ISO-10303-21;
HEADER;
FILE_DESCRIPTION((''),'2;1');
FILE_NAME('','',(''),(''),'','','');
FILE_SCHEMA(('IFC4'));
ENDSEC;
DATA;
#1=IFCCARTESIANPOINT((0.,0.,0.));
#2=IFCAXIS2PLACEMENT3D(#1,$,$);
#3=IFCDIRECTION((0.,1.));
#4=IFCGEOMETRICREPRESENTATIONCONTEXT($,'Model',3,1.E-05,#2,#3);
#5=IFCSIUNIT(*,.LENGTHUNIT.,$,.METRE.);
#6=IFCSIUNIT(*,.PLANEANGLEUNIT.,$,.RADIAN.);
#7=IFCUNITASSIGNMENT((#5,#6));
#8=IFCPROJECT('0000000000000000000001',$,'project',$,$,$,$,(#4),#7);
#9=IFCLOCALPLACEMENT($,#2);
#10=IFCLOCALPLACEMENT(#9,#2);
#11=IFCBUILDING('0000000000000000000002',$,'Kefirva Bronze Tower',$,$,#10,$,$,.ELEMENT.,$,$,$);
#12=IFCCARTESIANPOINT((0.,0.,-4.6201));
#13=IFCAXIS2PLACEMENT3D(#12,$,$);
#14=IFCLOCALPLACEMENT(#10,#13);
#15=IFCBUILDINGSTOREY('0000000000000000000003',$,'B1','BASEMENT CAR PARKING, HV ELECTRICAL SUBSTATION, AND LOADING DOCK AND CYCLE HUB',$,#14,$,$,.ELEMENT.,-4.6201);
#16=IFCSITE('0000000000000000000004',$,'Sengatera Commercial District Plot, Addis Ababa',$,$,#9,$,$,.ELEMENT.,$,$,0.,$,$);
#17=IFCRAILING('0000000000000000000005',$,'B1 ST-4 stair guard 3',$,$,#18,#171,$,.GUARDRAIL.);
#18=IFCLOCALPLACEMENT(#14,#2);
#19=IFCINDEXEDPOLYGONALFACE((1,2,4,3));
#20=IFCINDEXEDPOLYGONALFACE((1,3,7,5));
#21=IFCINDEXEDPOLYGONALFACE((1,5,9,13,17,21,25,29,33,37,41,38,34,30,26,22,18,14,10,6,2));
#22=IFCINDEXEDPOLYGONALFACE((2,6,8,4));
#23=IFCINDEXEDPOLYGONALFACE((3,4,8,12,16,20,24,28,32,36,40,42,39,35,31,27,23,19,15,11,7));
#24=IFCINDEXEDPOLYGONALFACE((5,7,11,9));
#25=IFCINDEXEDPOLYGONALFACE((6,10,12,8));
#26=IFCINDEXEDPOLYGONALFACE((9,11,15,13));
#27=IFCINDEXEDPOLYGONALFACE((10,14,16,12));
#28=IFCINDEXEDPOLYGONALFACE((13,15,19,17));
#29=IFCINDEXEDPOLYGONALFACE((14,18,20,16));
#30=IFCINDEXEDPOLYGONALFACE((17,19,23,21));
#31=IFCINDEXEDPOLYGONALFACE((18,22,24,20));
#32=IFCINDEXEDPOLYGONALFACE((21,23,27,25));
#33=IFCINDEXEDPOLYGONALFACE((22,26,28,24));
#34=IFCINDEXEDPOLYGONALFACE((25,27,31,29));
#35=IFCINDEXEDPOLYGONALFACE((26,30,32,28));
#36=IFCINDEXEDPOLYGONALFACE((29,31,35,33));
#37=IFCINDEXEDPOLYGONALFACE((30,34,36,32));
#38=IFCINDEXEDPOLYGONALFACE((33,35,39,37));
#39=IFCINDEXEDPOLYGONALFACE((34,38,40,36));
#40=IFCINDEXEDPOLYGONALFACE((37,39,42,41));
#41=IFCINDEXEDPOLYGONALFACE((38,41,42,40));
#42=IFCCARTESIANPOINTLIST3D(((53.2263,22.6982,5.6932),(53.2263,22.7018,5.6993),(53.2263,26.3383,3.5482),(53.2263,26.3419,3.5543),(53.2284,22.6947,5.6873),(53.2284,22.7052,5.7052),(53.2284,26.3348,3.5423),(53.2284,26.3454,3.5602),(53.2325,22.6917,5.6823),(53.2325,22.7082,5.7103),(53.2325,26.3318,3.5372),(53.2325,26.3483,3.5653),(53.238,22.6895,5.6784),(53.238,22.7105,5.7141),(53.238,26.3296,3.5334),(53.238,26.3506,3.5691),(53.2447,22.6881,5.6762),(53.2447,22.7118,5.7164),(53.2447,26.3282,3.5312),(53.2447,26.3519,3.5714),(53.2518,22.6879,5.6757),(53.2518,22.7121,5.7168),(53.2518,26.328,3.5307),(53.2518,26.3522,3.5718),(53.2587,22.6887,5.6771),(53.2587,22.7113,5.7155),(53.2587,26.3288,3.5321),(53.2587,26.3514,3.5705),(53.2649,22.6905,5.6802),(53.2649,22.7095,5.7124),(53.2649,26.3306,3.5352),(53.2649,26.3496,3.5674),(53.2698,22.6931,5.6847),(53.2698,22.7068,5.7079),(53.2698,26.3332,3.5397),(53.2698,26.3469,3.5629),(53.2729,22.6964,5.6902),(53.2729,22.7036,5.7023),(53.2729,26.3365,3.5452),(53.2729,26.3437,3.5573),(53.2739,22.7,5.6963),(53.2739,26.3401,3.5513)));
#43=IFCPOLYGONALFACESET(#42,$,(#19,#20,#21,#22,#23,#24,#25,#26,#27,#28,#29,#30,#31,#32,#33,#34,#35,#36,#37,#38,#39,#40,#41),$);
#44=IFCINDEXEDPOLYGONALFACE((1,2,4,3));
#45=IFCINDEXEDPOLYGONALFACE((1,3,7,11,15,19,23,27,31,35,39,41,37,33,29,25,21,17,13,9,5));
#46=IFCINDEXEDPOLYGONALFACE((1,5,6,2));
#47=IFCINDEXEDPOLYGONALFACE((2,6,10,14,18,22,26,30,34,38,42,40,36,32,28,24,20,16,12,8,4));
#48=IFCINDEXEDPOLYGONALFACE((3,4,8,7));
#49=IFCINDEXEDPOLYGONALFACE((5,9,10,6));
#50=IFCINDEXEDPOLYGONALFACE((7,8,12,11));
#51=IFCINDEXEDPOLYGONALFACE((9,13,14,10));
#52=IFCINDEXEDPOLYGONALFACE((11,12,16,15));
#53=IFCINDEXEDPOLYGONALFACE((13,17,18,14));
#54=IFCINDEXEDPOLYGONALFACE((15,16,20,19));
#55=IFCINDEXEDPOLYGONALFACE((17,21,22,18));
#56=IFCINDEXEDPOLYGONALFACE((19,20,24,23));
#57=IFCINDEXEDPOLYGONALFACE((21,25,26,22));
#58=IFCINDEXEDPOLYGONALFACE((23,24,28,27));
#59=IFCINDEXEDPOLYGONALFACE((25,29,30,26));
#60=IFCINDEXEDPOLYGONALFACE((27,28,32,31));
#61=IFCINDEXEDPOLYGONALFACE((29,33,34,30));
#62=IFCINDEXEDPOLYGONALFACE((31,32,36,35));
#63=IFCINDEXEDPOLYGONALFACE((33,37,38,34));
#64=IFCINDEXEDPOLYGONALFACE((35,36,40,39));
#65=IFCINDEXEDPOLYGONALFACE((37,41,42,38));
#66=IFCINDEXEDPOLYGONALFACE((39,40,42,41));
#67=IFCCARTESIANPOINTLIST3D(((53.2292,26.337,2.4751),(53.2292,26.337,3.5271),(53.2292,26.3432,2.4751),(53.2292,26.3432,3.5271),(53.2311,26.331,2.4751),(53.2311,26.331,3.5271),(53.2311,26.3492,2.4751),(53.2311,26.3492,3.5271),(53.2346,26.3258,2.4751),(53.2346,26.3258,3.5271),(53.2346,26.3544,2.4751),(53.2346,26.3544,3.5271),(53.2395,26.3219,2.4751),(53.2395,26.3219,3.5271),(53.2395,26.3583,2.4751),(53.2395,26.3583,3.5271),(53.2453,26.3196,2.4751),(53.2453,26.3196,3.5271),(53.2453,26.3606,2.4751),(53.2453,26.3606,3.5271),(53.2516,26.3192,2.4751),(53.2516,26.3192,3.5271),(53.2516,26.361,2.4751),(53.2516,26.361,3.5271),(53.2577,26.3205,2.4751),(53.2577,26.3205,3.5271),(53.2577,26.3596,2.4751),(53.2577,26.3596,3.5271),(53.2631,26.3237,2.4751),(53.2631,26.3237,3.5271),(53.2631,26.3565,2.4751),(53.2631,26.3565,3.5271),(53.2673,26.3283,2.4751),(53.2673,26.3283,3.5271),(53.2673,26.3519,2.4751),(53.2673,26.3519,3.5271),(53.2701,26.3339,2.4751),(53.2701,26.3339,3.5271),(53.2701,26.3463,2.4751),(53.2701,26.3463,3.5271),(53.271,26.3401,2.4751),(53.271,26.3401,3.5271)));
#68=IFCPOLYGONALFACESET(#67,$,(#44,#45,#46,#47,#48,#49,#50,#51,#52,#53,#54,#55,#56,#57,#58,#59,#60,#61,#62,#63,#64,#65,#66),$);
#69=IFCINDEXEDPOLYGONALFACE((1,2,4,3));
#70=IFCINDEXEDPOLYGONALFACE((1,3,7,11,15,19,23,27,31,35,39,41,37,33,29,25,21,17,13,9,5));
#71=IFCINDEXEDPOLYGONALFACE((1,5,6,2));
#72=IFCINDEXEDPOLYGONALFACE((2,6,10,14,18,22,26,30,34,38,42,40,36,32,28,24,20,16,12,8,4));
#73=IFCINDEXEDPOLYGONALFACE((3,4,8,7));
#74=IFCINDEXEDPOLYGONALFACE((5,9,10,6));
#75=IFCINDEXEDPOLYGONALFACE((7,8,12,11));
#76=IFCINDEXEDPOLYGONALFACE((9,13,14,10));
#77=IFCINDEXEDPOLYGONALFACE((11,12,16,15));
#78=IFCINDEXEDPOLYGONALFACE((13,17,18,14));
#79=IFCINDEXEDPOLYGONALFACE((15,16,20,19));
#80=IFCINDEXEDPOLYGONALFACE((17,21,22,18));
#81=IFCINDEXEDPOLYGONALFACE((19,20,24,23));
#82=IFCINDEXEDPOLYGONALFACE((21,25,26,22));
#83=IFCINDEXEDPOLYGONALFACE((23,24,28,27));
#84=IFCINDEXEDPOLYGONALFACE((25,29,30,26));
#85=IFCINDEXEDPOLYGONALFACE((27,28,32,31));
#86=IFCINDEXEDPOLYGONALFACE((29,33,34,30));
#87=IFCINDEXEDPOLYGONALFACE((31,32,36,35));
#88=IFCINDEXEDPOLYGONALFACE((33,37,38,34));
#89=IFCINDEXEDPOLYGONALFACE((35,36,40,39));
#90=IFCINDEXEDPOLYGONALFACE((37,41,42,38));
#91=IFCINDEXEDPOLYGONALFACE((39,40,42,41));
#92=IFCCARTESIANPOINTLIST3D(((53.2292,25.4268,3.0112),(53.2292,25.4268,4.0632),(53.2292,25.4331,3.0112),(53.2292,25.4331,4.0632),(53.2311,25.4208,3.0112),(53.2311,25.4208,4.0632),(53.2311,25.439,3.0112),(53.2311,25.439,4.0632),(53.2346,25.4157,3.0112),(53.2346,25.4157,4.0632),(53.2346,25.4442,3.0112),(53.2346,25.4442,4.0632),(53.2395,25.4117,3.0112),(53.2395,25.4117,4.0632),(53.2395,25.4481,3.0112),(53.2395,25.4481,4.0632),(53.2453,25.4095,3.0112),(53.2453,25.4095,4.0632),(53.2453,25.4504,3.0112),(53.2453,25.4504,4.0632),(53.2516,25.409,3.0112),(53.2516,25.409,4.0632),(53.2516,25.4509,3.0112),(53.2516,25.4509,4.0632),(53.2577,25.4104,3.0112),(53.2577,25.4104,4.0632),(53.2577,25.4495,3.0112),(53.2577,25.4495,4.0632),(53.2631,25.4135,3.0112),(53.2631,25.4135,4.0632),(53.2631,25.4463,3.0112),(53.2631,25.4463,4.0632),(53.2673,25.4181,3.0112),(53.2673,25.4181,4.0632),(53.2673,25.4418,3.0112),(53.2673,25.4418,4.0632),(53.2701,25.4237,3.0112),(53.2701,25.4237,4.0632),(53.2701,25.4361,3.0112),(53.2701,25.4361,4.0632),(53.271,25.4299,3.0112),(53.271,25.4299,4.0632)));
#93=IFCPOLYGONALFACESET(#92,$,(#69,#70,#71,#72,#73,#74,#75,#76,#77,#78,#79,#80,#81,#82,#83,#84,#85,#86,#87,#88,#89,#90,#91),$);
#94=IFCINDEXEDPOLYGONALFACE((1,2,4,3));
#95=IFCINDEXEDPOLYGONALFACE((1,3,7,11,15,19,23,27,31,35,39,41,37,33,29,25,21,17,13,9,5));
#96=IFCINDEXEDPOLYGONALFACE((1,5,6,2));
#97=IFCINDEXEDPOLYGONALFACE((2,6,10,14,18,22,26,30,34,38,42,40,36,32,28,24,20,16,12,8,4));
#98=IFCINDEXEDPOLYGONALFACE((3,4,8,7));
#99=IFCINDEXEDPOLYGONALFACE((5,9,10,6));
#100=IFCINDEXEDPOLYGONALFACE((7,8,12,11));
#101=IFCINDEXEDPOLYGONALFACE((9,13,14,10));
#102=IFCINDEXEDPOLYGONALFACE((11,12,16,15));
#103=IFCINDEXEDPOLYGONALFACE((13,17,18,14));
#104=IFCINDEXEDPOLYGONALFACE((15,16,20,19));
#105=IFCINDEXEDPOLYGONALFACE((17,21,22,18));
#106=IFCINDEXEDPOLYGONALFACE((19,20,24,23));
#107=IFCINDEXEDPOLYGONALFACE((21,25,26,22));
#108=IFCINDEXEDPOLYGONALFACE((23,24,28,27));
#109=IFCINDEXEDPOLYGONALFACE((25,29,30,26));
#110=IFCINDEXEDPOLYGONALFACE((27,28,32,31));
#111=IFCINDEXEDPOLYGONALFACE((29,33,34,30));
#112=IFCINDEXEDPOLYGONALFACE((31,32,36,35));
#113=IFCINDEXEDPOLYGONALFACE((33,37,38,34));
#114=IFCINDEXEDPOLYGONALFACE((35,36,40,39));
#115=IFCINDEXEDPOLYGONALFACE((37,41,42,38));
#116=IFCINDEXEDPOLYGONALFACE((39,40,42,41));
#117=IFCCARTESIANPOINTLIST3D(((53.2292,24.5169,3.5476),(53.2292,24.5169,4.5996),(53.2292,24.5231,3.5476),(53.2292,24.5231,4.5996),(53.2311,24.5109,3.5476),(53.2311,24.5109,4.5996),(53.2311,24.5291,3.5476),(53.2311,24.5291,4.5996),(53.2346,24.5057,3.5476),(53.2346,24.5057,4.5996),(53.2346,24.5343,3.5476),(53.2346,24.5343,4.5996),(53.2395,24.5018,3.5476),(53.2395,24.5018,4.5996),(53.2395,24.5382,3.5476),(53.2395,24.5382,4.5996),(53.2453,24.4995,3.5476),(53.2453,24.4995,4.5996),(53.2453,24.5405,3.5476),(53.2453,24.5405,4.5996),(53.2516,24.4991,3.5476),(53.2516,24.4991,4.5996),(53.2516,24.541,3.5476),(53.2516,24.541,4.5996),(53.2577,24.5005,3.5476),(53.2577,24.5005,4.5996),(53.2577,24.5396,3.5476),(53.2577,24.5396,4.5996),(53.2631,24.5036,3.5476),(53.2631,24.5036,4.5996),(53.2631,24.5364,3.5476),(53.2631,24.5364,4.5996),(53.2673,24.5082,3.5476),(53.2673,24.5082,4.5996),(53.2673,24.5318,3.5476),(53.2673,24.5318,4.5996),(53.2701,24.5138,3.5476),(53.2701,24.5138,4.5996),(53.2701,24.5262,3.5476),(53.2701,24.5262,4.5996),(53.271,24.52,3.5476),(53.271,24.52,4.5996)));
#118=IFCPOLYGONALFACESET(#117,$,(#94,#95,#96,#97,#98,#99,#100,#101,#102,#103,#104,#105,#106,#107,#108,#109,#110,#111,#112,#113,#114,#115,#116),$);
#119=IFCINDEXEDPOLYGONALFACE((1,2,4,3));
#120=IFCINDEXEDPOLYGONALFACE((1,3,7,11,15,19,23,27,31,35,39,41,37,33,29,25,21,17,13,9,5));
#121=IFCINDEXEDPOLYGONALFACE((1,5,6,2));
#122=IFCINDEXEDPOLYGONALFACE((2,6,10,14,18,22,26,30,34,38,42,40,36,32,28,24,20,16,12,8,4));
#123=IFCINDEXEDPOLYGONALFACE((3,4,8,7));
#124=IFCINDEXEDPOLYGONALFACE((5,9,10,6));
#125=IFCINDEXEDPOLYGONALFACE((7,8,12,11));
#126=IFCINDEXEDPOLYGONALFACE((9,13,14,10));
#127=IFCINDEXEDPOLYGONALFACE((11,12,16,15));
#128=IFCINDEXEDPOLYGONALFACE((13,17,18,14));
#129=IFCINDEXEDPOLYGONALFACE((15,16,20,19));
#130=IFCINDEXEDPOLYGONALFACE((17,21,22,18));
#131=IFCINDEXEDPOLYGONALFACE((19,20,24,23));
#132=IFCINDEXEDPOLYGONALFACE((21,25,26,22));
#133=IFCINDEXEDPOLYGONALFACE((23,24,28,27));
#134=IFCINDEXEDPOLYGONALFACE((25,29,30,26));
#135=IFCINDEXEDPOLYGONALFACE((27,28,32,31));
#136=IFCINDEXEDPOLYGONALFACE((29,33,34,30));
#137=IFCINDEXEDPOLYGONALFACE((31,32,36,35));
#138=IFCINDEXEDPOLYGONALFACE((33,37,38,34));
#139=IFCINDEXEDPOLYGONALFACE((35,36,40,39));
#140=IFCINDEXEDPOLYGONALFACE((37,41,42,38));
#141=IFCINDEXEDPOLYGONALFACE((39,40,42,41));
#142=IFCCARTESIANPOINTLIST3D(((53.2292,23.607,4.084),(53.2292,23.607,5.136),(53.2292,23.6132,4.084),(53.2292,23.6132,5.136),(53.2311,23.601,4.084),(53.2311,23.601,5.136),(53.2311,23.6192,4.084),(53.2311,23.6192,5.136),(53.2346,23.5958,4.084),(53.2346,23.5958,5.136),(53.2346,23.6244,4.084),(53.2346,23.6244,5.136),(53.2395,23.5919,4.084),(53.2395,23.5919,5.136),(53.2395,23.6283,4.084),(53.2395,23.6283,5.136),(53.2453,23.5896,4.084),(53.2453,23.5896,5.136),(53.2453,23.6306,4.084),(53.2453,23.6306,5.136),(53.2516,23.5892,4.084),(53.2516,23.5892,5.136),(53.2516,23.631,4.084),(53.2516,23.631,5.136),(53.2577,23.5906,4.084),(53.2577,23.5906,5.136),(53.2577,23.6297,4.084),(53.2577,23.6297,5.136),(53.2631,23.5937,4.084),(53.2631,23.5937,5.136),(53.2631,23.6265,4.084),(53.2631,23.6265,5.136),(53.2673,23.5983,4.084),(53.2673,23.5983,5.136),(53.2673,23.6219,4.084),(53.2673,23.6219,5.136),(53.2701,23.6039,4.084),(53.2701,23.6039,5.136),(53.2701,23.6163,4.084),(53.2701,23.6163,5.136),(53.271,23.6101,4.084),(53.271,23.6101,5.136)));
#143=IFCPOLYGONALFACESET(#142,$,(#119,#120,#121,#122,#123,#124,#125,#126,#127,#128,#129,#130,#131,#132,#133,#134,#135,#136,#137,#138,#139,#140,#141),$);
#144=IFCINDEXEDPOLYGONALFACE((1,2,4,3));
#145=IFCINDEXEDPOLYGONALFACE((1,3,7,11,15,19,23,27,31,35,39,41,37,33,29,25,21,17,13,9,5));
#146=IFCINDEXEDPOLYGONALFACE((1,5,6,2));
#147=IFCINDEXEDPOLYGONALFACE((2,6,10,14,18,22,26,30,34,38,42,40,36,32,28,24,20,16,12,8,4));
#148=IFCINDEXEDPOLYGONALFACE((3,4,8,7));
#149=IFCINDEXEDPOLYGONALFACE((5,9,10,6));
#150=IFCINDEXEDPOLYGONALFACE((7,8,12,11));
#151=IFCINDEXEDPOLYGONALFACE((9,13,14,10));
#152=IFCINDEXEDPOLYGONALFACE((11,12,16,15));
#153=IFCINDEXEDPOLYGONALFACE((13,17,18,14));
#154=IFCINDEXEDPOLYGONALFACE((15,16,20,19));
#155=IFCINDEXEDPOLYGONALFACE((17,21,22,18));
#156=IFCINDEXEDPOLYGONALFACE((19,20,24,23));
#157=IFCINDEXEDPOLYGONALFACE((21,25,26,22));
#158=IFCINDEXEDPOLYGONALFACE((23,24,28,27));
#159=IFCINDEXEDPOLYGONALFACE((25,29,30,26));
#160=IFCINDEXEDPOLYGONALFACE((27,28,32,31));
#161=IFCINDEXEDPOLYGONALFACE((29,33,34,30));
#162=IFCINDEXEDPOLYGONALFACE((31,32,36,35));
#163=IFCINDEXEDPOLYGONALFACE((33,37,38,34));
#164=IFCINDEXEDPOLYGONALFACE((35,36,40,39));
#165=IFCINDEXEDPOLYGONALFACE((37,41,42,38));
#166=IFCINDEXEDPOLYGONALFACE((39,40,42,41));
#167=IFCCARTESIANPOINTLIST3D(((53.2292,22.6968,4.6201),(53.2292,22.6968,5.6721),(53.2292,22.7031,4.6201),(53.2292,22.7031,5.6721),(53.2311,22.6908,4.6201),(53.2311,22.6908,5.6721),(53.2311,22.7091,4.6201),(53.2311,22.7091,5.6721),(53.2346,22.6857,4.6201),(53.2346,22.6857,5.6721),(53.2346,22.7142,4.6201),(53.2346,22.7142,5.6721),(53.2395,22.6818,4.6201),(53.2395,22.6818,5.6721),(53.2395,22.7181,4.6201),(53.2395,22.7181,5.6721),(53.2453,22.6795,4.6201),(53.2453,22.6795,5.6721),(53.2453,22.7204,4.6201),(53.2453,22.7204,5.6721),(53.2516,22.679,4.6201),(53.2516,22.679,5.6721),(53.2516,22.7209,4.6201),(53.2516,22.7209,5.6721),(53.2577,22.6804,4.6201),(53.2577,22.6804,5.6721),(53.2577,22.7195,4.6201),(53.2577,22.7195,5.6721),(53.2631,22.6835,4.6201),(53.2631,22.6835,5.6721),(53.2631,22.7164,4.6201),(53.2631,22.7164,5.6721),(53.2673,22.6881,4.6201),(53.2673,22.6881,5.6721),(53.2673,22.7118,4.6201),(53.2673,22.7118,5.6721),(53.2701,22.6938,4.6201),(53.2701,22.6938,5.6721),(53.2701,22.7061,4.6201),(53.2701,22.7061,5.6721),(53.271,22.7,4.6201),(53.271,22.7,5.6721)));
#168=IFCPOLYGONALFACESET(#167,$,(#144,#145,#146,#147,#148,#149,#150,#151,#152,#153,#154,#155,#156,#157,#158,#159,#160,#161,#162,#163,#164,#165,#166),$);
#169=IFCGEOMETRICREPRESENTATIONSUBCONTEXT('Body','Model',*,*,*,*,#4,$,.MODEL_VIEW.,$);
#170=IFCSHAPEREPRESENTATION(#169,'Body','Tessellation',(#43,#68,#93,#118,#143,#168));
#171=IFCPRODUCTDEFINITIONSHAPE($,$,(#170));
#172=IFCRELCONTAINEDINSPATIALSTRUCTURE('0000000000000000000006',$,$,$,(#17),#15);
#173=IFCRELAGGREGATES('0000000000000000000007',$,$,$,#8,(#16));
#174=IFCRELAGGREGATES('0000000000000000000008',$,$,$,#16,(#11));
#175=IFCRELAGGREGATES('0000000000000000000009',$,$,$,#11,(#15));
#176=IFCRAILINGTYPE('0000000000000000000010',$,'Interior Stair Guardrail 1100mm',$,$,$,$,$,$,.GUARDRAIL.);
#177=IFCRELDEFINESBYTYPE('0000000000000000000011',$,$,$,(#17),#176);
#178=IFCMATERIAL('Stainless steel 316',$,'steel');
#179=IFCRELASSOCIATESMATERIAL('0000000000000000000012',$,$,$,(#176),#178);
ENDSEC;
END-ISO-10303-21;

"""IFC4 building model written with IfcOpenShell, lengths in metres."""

from ifc_helpers import new_model, si_unit, direction, frame, origin, origin_2d, place, context, subcontext, project, spatial, circle, extrude, material, type_object, element, save


model = new_model("IFC4")

# Units and contexts
model_context = context("Model", 3, precision=1e-05, world=origin(), true_north=direction((0.0, 1.0)))
body_context = subcontext(model_context, "Body", "Model", "MODEL_VIEW")
ifc_project = project(units=[si_unit("LENGTHUNIT", "METRE"), si_unit("PLANEANGLEUNIT", "RADIAN")], contexts=[model_context])

# Site, building, storey
site_placement = place(None, origin())
site = spatial("IfcSite", under=ifc_project, at=site_placement, Name="Sengatera Commercial District Plot, Addis Ababa", CompositionType="ELEMENT", RefElevation=0.0)
building_placement = place(site_placement, origin())
building = spatial("IfcBuilding", under=site, at=building_placement, Name="Kefirva Bronze Tower", CompositionType="ELEMENT")
storey_placement = place(building_placement, frame((0.0, 0.0, -4.6201)))
storey = spatial("IfcBuildingStorey", under=building, at=storey_placement, Name="B1", Description="BASEMENT CAR PARKING, HV ELECTRICAL SUBSTATION, AND LOADING DOCK AND CYCLE HUB", CompositionType="ELEMENT", Elevation=-4.6201)

# Railing
ifc_material_1 = material(Name="Stainless steel 316", Category="steel")
railing_type_1 = type_object("IfcRailingType", Name="Interior Stair Guardrail 1100mm", PredefinedType="GUARDRAIL", material=ifc_material_1)
railing_1_placement = place(storey_placement, frame((53.25, 26.3401, 2.4751)))
element("IfcRailing", 1, at=railing_1_placement, inside=storey, type_object=railing_type_1, Name="B1 ST-4 stair guard 3", PredefinedType="GUARDRAIL", context=body_context, shape_type="SweptSolid", body=[
    extrude(circle(Radius=0.0239, at=origin_2d()), frame((0.0, 0.0, 1.0762), z_axis=(0.0, -0.861545, 0.507682), x_axis=(1.0, 0.0, 0.0)), (0.0, 0.0, 1.0), 4.2251),
    extrude(circle(Radius=0.021, at=origin_2d()), origin(), (0.0, 0.0, 1.0), 1.052),
    extrude(circle(Radius=0.021, at=origin_2d()), frame((0.0, -0.9102, 0.5361)), (0.0, 0.0, 1.0), 1.052),
    extrude(circle(Radius=0.021, at=origin_2d()), frame((0.0, -1.8201, 1.0725)), (0.0, 0.0, 1.0), 1.052),
    extrude(circle(Radius=0.021, at=origin_2d()), frame((0.0, -2.73, 1.6089)), (0.0, 0.0, 1.0), 1.052),
    extrude(circle(Radius=0.021, at=origin_2d()), frame((0.0, -3.6401, 2.145)), (0.0, 0.0, 1.0), 1.052),
])

save(model, "model.ifc")
